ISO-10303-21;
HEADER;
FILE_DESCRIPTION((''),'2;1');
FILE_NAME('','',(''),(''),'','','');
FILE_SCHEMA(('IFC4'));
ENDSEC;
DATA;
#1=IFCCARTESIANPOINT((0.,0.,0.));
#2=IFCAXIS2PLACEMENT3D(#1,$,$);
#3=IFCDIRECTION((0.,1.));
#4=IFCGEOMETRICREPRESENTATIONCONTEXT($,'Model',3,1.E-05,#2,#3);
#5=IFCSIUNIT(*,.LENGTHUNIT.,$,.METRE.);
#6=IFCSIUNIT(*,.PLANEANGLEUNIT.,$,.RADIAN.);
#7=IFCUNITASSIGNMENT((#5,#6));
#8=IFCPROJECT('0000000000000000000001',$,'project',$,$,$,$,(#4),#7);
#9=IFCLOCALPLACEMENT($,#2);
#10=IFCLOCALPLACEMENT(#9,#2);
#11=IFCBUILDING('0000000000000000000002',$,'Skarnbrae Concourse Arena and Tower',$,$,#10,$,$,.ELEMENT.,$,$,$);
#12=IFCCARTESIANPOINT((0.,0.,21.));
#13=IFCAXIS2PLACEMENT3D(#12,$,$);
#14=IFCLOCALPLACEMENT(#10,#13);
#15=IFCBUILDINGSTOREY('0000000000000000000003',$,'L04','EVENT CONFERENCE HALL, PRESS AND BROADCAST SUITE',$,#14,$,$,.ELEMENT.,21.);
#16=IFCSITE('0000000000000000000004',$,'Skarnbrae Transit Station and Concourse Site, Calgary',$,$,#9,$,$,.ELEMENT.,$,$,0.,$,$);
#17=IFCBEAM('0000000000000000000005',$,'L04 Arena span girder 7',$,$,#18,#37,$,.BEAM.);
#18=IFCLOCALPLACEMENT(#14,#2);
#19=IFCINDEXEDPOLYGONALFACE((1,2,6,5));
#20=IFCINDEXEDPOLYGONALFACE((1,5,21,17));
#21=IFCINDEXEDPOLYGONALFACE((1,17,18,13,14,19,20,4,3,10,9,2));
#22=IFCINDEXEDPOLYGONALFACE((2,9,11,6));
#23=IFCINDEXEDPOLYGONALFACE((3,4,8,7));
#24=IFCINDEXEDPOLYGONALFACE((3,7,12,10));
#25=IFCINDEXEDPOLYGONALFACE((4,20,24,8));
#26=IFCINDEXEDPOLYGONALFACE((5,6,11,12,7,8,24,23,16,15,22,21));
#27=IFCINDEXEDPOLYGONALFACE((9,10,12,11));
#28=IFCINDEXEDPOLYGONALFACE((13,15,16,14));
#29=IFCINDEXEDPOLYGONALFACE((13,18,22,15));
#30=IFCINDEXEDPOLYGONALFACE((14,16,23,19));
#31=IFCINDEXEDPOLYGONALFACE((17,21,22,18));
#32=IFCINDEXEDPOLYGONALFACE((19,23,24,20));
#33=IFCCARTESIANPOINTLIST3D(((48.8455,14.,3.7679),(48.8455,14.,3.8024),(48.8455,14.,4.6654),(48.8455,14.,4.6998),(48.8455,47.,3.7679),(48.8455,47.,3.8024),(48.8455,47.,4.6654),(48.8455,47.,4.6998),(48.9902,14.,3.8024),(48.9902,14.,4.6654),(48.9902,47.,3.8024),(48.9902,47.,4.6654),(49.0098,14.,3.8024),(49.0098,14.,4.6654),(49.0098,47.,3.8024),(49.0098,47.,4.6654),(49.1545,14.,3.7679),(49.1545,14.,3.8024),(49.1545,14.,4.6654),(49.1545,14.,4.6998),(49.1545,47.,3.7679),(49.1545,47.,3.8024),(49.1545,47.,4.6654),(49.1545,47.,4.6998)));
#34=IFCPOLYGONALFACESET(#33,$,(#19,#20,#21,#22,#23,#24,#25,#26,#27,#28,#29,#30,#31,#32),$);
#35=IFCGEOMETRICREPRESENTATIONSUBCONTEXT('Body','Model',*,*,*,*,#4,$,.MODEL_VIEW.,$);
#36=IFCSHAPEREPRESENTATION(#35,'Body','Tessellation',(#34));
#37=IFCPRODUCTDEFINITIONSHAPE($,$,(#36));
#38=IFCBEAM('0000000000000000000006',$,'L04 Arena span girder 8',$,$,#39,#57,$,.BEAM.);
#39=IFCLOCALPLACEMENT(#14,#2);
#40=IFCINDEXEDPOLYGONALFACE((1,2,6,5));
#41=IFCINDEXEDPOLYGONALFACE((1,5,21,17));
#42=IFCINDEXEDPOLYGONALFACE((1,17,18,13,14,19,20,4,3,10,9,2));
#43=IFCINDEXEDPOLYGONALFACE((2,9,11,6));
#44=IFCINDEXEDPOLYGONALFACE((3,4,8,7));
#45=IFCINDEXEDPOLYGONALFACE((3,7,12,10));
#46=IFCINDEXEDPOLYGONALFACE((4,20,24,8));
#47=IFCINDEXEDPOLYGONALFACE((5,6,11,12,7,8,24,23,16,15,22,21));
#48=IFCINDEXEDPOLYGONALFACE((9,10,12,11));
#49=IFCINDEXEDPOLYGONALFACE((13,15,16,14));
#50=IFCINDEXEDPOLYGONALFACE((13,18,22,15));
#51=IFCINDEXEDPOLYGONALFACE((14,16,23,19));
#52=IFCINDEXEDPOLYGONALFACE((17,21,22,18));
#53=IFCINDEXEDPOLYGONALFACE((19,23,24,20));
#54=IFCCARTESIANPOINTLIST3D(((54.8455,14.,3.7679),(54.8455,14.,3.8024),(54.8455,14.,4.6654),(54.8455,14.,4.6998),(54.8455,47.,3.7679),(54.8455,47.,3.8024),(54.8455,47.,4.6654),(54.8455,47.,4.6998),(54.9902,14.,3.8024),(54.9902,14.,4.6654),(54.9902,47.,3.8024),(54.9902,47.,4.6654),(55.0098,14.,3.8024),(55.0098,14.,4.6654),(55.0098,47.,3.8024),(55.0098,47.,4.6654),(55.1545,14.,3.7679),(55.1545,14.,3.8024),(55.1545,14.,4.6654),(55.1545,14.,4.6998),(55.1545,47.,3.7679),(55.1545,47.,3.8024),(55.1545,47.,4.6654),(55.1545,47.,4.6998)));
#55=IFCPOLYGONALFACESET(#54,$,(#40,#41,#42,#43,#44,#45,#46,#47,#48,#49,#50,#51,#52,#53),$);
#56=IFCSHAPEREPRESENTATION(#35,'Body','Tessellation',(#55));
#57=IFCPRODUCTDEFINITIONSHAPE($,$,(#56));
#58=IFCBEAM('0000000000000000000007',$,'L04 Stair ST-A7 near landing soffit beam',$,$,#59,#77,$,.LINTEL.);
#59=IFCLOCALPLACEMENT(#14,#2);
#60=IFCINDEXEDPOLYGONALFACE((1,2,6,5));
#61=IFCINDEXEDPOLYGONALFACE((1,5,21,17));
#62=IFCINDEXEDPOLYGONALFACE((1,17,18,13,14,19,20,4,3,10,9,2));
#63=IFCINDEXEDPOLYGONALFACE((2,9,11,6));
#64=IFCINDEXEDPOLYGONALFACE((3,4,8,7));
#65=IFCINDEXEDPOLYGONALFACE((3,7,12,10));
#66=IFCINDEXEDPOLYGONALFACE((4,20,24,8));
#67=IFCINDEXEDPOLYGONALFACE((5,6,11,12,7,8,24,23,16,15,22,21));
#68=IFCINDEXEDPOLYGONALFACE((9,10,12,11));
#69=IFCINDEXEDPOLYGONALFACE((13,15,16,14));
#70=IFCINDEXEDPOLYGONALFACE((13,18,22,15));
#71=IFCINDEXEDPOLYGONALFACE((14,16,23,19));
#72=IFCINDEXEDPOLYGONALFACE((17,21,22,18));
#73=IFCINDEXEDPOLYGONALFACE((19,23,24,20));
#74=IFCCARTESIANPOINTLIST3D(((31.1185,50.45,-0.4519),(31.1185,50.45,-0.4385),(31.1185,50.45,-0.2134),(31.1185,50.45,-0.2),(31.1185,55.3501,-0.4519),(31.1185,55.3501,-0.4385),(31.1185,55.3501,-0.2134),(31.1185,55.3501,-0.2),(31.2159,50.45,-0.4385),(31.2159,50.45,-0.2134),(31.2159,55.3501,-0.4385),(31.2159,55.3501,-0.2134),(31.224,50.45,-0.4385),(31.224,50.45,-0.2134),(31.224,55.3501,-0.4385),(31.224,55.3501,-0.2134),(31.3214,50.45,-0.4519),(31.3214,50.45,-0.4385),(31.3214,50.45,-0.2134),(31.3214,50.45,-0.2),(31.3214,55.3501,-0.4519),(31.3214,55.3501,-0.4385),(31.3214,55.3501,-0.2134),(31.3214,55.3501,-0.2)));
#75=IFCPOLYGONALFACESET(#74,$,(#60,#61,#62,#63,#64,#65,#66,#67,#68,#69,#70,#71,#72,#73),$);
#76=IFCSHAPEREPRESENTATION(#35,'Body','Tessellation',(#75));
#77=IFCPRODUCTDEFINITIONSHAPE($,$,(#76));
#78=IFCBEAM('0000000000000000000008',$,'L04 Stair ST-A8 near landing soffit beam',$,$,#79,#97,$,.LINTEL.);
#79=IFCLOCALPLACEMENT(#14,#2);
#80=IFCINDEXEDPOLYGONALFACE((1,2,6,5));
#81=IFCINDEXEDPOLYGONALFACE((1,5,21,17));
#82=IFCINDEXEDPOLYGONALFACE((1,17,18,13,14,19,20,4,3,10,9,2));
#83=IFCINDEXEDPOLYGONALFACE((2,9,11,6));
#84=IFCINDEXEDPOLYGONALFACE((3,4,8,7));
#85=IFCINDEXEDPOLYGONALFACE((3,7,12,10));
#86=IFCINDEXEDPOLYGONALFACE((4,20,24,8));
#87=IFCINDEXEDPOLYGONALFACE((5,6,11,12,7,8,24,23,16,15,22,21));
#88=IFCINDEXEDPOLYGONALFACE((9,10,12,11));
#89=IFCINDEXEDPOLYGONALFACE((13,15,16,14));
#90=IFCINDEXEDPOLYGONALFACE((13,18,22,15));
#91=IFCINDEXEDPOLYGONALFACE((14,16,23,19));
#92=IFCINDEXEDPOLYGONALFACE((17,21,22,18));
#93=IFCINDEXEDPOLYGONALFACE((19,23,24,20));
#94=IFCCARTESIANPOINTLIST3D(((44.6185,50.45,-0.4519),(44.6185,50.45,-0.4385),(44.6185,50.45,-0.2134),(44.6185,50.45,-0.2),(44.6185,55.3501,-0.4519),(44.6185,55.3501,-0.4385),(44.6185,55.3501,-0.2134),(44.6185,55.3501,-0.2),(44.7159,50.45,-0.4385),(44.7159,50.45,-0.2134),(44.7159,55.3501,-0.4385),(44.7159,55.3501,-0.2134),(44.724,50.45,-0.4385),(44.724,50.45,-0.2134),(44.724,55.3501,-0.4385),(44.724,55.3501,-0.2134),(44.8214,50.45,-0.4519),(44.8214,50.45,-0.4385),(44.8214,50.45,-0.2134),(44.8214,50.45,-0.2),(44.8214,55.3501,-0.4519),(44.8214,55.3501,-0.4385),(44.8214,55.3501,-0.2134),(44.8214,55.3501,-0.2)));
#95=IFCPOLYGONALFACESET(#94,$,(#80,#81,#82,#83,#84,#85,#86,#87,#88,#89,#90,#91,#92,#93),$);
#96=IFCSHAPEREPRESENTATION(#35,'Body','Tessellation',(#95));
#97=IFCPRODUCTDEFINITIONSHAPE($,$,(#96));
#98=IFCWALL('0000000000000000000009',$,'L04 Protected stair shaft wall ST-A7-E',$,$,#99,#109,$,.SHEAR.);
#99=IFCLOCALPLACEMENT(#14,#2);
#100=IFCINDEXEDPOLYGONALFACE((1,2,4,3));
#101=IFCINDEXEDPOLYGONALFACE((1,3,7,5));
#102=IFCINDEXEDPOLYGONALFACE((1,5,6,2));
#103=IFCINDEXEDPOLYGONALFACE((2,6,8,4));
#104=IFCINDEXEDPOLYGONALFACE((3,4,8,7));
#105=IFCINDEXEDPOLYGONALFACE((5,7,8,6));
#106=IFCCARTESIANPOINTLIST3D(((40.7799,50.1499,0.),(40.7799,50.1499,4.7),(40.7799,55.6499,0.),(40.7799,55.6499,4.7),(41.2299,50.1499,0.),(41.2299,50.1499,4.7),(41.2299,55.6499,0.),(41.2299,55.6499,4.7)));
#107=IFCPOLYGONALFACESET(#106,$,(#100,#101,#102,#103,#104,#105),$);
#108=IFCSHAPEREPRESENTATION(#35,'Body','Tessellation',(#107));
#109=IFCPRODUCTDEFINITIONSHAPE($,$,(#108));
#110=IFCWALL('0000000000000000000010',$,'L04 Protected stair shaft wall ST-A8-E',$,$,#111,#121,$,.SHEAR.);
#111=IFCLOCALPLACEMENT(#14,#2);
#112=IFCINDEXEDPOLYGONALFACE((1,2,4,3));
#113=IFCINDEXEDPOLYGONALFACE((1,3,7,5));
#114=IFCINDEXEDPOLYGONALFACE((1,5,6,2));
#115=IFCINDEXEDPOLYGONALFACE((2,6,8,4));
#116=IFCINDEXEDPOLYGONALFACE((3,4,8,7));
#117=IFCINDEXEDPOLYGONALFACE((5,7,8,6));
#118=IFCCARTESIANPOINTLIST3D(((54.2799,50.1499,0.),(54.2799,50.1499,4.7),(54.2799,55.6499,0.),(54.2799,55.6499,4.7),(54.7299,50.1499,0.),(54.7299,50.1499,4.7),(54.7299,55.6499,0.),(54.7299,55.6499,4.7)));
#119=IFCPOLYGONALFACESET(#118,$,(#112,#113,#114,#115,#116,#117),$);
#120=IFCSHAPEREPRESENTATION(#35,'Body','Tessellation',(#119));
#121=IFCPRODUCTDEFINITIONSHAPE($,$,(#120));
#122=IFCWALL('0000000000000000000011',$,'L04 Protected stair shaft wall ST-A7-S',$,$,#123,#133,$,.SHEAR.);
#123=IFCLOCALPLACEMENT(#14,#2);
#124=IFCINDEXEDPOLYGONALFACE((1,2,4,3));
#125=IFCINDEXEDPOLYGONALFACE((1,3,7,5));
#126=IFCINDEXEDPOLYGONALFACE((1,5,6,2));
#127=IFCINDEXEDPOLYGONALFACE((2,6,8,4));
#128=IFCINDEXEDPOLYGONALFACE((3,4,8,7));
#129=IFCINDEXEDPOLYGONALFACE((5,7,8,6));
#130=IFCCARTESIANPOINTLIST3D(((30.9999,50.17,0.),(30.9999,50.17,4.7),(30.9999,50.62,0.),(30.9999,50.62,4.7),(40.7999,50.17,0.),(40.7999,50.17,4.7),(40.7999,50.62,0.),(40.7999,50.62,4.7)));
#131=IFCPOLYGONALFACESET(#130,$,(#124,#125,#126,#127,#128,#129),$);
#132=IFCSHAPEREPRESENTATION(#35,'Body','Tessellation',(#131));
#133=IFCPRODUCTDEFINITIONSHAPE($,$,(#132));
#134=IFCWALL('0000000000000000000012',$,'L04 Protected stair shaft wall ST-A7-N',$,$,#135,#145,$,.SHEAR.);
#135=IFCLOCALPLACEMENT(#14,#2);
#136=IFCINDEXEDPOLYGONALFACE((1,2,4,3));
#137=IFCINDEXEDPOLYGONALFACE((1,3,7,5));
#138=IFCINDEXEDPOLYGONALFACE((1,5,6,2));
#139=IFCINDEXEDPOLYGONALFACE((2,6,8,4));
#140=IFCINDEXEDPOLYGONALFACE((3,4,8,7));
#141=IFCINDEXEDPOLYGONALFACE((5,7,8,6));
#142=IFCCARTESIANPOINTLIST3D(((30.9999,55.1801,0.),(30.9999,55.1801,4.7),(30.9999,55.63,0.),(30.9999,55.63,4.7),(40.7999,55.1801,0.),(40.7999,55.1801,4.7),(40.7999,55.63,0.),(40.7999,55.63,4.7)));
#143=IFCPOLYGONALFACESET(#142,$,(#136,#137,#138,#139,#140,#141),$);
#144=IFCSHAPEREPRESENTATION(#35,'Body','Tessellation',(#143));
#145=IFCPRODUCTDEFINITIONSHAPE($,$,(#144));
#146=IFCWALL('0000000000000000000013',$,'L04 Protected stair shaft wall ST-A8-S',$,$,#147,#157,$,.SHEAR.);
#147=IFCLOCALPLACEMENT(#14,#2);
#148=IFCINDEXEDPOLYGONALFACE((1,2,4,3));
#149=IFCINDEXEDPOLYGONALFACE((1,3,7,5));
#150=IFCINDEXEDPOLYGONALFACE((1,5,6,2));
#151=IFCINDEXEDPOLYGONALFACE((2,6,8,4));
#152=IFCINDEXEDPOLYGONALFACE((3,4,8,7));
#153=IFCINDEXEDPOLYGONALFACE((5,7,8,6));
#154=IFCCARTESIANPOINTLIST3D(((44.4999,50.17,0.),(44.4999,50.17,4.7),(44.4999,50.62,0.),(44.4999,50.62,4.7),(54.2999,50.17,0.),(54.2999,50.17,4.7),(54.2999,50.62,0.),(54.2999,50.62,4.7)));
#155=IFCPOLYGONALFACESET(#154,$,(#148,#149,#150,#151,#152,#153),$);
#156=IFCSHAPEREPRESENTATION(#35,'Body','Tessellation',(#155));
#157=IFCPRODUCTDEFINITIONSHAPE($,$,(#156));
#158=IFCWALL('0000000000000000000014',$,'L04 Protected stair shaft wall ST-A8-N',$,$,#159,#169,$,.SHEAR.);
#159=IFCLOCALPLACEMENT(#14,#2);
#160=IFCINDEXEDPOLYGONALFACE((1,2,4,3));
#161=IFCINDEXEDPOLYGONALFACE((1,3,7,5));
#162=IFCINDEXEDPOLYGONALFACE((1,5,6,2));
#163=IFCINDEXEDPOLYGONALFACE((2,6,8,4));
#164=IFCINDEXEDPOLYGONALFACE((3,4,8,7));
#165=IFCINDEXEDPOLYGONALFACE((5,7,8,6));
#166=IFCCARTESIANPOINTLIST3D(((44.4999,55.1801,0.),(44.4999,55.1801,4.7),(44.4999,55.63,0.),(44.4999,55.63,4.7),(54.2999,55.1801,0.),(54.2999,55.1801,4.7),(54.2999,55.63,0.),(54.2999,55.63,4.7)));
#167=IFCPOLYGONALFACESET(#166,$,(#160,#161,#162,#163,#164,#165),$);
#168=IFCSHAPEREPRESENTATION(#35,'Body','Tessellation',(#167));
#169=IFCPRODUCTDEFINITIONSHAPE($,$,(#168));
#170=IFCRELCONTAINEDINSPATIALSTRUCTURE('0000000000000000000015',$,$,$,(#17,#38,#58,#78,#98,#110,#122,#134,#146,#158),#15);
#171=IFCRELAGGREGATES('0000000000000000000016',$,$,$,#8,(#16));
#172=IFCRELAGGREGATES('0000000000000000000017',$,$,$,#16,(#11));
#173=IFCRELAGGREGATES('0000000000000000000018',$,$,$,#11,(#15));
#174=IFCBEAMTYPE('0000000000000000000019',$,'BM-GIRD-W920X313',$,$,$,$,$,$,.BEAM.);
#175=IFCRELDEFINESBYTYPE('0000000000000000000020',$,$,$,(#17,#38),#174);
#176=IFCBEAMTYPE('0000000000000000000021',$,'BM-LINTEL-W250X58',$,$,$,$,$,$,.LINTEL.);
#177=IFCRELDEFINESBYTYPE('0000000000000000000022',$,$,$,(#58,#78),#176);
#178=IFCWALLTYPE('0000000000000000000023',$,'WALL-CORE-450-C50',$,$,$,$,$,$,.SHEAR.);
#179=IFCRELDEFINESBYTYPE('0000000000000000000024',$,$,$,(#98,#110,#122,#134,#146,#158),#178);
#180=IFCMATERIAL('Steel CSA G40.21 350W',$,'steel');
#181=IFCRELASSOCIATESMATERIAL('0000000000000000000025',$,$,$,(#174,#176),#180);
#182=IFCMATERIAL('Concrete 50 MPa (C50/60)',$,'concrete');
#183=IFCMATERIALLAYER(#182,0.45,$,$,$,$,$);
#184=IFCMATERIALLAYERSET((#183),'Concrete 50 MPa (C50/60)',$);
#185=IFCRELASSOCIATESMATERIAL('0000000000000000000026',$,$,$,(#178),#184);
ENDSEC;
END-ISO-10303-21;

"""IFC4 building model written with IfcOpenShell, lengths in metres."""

from ifc_helpers import new_model, si_unit, direction, frame, frame_2d, origin, origin_2d, place, context, subcontext, project, spatial, rectangle, i_section, extrude, source, transform, mapped, material, layer, layer_set, material_profile, profile_set, type_object, element, save


model = new_model("IFC4")

# Units and contexts
model_context = context("Model", 3, precision=1e-05, world=origin(), true_north=direction((0.0, 1.0)))
body_context = subcontext(model_context, "Body", "Model", "MODEL_VIEW")
ifc_project = project(units=[si_unit("LENGTHUNIT", "METRE"), si_unit("PLANEANGLEUNIT", "RADIAN")], contexts=[model_context])

# Site, building, storey
site_placement = place(None, origin())
site = spatial("IfcSite", under=ifc_project, at=site_placement, Name="Skarnbrae Transit Station and Concourse Site, Calgary", CompositionType="ELEMENT", RefElevation=0.0)
building_placement = place(site_placement, origin())
building = spatial("IfcBuilding", under=site, at=building_placement, Name="Skarnbrae Concourse Arena and Tower", CompositionType="ELEMENT")
storey_placement = place(building_placement, frame((0.0, 0.0, 21.0)))
storey = spatial("IfcBuildingStorey", under=building, at=storey_placement, Name="L04", Description="EVENT CONFERENCE HALL, PRESS AND BROADCAST SUITE", CompositionType="ELEMENT", Elevation=21.0)

# Shared definitions
ifc_material_1 = material(Name="Steel CSA G40.21 350W", Category="steel")

# Beams
ifc_material_profile_1 = material_profile(ifc_material_1, i_section(OverallWidth=0.3091, OverallDepth=0.9319, WebThickness=0.0195, FlangeThickness=0.0344, at=origin_2d()), Name="W920X313")
ifc_profile_set_1 = profile_set([ifc_material_profile_1], Name="Steel CSA G40.21 350W")
beam_type_1 = type_object("IfcBeamType", Name="BM-GIRD-W920X313", PredefinedType="BEAM", material=ifc_profile_set_1)
shared_shape_1 = source(origin(), body_context, "Body", "SweptSolid", [
    extrude(i_section(OverallWidth=0.3091, OverallDepth=0.9319, WebThickness=0.0195, FlangeThickness=0.0344, at=origin_2d()), origin(), (0.0, 0.0, 1.0), 33.0),
])
for number, where, z_axis, x_axis, name in (
    (1, (49.0, 14.0, 4.2339), (0.0, 1.0, 0.0), (-1.0, 0.0, 0.0), "L04 Arena span girder 7"),
    (2, (55.0, 14.0, 4.2339), (0.0, 1.0, 0.0), (-1.0, 0.0, 0.0), "L04 Arena span girder 8"),
):
    element("IfcBeam", number, at=place(storey_placement, frame(where, z_axis=z_axis, x_axis=x_axis)), inside=storey, type_object=beam_type_1, Name=name, PredefinedType="BEAM", context=body_context, shape_type="MappedRepresentation", body=[
        mapped(shared_shape_1, transform((0.0, 0.0, 0.0))),
    ])
ifc_material_profile_2 = material_profile(ifc_material_1, i_section(OverallWidth=0.2029, OverallDepth=0.252, WebThickness=0.0081, FlangeThickness=0.0134, at=origin_2d()), Name="W250X58")
ifc_profile_set_2 = profile_set([ifc_material_profile_2], Name="Steel CSA G40.21 350W")
beam_type_2 = type_object("IfcBeamType", Name="BM-LINTEL-W250X58", PredefinedType="LINTEL", material=ifc_profile_set_2)
shared_shape_2 = source(origin(), body_context, "Body", "SweptSolid", [
    extrude(i_section(OverallWidth=0.2029, OverallDepth=0.252, WebThickness=0.0081, FlangeThickness=0.0134, at=origin_2d()), origin(), (0.0, 0.0, 1.0), 4.9001),
])
for number, where, z_axis, x_axis, name in (
    (3, (31.22, 50.45, -0.3259), (0.0, 1.0, 0.0), (-1.0, 0.0, 0.0), "L04 Stair ST-A7 near landing soffit beam"),
    (4, (44.72, 50.45, -0.3259), (0.0, 1.0, 0.0), (-1.0, 0.0, 0.0), "L04 Stair ST-A8 near landing soffit beam"),
):
    element("IfcBeam", number, at=place(storey_placement, frame(where, z_axis=z_axis, x_axis=x_axis)), inside=storey, type_object=beam_type_2, Name=name, PredefinedType="LINTEL", context=body_context, shape_type="MappedRepresentation", body=[
        mapped(shared_shape_2, transform((0.0, 0.0, 0.0))),
    ])

# Wall
ifc_material_2 = material(Name="Concrete 50 MPa (C50/60)", Category="concrete")
ifc_layer = layer(ifc_material_2, 0.45)
ifc_layer_set = layer_set([ifc_layer], Name="Concrete 50 MPa (C50/60)")
wall_type = type_object("IfcWallType", Name="WALL-CORE-450-C50", PredefinedType="SHEAR", material=ifc_layer_set)
shared_shape_3 = source(origin(), body_context, "Body", "SweptSolid", [
    extrude(rectangle(XDim=5.5, YDim=0.45, at=frame_2d((2.75, 0.0))), origin(), (0.0, 0.0, 1.0), 4.7),
])
wall_1_placement = place(storey_placement, frame((41.0049, 50.1499, 0.0), z_axis=(0.0, 0.0, 1.0), x_axis=(0.0, 1.0, 0.0)))
element("IfcWall", 5, at=wall_1_placement, inside=storey, type_object=wall_type, Name="L04 Protected stair shaft wall ST-A7-E", PredefinedType="SHEAR", context=body_context, shape_type="MappedRepresentation", body=[
    mapped(shared_shape_3, transform((0.0, 0.0, 0.0))),
])

# Walls
wall_2_placement = place(storey_placement, frame((54.5049, 50.1499, 0.0), z_axis=(0.0, 0.0, 1.0), x_axis=(0.0, 1.0, 0.0)))
element("IfcWall", 6, at=wall_2_placement, inside=storey, type_object=wall_type, Name="L04 Protected stair shaft wall ST-A8-E", PredefinedType="SHEAR", context=body_context, shape_type="MappedRepresentation", body=[
    mapped(shared_shape_3, transform((0.0, 0.0, 0.0))),
])
shared_shape_4 = source(origin(), body_context, "Body", "SweptSolid", [
    extrude(rectangle(XDim=9.8, YDim=0.45, at=frame_2d((4.8999, 0.0))), origin(), (0.0, 0.0, 1.0), 4.7),
])
for number, where, z_axis, x_axis, name in (
    (7, (31.0, 50.395, 0.0), (0.0, 0.0, 1.0), (1.0, 0.0, 0.0), "L04 Protected stair shaft wall ST-A7-S"),
    (8, (31.0, 55.405, 0.0), (0.0, 0.0, 1.0), (1.0, 0.0, 0.0), "L04 Protected stair shaft wall ST-A7-N"),
    (9, (44.5, 50.395, 0.0), (0.0, 0.0, 1.0), (1.0, 0.0, 0.0), "L04 Protected stair shaft wall ST-A8-S"),
    (10, (44.5, 55.405, 0.0), (0.0, 0.0, 1.0), (1.0, 0.0, 0.0), "L04 Protected stair shaft wall ST-A8-N"),
):
    element("IfcWall", number, at=place(storey_placement, frame(where, z_axis=z_axis, x_axis=x_axis)), inside=storey, type_object=wall_type, Name=name, PredefinedType="SHEAR", context=body_context, shape_type="MappedRepresentation", body=[
        mapped(shared_shape_4, transform((0.0, 0.0, 0.0))),
    ])

save(model, "model.ifc")
